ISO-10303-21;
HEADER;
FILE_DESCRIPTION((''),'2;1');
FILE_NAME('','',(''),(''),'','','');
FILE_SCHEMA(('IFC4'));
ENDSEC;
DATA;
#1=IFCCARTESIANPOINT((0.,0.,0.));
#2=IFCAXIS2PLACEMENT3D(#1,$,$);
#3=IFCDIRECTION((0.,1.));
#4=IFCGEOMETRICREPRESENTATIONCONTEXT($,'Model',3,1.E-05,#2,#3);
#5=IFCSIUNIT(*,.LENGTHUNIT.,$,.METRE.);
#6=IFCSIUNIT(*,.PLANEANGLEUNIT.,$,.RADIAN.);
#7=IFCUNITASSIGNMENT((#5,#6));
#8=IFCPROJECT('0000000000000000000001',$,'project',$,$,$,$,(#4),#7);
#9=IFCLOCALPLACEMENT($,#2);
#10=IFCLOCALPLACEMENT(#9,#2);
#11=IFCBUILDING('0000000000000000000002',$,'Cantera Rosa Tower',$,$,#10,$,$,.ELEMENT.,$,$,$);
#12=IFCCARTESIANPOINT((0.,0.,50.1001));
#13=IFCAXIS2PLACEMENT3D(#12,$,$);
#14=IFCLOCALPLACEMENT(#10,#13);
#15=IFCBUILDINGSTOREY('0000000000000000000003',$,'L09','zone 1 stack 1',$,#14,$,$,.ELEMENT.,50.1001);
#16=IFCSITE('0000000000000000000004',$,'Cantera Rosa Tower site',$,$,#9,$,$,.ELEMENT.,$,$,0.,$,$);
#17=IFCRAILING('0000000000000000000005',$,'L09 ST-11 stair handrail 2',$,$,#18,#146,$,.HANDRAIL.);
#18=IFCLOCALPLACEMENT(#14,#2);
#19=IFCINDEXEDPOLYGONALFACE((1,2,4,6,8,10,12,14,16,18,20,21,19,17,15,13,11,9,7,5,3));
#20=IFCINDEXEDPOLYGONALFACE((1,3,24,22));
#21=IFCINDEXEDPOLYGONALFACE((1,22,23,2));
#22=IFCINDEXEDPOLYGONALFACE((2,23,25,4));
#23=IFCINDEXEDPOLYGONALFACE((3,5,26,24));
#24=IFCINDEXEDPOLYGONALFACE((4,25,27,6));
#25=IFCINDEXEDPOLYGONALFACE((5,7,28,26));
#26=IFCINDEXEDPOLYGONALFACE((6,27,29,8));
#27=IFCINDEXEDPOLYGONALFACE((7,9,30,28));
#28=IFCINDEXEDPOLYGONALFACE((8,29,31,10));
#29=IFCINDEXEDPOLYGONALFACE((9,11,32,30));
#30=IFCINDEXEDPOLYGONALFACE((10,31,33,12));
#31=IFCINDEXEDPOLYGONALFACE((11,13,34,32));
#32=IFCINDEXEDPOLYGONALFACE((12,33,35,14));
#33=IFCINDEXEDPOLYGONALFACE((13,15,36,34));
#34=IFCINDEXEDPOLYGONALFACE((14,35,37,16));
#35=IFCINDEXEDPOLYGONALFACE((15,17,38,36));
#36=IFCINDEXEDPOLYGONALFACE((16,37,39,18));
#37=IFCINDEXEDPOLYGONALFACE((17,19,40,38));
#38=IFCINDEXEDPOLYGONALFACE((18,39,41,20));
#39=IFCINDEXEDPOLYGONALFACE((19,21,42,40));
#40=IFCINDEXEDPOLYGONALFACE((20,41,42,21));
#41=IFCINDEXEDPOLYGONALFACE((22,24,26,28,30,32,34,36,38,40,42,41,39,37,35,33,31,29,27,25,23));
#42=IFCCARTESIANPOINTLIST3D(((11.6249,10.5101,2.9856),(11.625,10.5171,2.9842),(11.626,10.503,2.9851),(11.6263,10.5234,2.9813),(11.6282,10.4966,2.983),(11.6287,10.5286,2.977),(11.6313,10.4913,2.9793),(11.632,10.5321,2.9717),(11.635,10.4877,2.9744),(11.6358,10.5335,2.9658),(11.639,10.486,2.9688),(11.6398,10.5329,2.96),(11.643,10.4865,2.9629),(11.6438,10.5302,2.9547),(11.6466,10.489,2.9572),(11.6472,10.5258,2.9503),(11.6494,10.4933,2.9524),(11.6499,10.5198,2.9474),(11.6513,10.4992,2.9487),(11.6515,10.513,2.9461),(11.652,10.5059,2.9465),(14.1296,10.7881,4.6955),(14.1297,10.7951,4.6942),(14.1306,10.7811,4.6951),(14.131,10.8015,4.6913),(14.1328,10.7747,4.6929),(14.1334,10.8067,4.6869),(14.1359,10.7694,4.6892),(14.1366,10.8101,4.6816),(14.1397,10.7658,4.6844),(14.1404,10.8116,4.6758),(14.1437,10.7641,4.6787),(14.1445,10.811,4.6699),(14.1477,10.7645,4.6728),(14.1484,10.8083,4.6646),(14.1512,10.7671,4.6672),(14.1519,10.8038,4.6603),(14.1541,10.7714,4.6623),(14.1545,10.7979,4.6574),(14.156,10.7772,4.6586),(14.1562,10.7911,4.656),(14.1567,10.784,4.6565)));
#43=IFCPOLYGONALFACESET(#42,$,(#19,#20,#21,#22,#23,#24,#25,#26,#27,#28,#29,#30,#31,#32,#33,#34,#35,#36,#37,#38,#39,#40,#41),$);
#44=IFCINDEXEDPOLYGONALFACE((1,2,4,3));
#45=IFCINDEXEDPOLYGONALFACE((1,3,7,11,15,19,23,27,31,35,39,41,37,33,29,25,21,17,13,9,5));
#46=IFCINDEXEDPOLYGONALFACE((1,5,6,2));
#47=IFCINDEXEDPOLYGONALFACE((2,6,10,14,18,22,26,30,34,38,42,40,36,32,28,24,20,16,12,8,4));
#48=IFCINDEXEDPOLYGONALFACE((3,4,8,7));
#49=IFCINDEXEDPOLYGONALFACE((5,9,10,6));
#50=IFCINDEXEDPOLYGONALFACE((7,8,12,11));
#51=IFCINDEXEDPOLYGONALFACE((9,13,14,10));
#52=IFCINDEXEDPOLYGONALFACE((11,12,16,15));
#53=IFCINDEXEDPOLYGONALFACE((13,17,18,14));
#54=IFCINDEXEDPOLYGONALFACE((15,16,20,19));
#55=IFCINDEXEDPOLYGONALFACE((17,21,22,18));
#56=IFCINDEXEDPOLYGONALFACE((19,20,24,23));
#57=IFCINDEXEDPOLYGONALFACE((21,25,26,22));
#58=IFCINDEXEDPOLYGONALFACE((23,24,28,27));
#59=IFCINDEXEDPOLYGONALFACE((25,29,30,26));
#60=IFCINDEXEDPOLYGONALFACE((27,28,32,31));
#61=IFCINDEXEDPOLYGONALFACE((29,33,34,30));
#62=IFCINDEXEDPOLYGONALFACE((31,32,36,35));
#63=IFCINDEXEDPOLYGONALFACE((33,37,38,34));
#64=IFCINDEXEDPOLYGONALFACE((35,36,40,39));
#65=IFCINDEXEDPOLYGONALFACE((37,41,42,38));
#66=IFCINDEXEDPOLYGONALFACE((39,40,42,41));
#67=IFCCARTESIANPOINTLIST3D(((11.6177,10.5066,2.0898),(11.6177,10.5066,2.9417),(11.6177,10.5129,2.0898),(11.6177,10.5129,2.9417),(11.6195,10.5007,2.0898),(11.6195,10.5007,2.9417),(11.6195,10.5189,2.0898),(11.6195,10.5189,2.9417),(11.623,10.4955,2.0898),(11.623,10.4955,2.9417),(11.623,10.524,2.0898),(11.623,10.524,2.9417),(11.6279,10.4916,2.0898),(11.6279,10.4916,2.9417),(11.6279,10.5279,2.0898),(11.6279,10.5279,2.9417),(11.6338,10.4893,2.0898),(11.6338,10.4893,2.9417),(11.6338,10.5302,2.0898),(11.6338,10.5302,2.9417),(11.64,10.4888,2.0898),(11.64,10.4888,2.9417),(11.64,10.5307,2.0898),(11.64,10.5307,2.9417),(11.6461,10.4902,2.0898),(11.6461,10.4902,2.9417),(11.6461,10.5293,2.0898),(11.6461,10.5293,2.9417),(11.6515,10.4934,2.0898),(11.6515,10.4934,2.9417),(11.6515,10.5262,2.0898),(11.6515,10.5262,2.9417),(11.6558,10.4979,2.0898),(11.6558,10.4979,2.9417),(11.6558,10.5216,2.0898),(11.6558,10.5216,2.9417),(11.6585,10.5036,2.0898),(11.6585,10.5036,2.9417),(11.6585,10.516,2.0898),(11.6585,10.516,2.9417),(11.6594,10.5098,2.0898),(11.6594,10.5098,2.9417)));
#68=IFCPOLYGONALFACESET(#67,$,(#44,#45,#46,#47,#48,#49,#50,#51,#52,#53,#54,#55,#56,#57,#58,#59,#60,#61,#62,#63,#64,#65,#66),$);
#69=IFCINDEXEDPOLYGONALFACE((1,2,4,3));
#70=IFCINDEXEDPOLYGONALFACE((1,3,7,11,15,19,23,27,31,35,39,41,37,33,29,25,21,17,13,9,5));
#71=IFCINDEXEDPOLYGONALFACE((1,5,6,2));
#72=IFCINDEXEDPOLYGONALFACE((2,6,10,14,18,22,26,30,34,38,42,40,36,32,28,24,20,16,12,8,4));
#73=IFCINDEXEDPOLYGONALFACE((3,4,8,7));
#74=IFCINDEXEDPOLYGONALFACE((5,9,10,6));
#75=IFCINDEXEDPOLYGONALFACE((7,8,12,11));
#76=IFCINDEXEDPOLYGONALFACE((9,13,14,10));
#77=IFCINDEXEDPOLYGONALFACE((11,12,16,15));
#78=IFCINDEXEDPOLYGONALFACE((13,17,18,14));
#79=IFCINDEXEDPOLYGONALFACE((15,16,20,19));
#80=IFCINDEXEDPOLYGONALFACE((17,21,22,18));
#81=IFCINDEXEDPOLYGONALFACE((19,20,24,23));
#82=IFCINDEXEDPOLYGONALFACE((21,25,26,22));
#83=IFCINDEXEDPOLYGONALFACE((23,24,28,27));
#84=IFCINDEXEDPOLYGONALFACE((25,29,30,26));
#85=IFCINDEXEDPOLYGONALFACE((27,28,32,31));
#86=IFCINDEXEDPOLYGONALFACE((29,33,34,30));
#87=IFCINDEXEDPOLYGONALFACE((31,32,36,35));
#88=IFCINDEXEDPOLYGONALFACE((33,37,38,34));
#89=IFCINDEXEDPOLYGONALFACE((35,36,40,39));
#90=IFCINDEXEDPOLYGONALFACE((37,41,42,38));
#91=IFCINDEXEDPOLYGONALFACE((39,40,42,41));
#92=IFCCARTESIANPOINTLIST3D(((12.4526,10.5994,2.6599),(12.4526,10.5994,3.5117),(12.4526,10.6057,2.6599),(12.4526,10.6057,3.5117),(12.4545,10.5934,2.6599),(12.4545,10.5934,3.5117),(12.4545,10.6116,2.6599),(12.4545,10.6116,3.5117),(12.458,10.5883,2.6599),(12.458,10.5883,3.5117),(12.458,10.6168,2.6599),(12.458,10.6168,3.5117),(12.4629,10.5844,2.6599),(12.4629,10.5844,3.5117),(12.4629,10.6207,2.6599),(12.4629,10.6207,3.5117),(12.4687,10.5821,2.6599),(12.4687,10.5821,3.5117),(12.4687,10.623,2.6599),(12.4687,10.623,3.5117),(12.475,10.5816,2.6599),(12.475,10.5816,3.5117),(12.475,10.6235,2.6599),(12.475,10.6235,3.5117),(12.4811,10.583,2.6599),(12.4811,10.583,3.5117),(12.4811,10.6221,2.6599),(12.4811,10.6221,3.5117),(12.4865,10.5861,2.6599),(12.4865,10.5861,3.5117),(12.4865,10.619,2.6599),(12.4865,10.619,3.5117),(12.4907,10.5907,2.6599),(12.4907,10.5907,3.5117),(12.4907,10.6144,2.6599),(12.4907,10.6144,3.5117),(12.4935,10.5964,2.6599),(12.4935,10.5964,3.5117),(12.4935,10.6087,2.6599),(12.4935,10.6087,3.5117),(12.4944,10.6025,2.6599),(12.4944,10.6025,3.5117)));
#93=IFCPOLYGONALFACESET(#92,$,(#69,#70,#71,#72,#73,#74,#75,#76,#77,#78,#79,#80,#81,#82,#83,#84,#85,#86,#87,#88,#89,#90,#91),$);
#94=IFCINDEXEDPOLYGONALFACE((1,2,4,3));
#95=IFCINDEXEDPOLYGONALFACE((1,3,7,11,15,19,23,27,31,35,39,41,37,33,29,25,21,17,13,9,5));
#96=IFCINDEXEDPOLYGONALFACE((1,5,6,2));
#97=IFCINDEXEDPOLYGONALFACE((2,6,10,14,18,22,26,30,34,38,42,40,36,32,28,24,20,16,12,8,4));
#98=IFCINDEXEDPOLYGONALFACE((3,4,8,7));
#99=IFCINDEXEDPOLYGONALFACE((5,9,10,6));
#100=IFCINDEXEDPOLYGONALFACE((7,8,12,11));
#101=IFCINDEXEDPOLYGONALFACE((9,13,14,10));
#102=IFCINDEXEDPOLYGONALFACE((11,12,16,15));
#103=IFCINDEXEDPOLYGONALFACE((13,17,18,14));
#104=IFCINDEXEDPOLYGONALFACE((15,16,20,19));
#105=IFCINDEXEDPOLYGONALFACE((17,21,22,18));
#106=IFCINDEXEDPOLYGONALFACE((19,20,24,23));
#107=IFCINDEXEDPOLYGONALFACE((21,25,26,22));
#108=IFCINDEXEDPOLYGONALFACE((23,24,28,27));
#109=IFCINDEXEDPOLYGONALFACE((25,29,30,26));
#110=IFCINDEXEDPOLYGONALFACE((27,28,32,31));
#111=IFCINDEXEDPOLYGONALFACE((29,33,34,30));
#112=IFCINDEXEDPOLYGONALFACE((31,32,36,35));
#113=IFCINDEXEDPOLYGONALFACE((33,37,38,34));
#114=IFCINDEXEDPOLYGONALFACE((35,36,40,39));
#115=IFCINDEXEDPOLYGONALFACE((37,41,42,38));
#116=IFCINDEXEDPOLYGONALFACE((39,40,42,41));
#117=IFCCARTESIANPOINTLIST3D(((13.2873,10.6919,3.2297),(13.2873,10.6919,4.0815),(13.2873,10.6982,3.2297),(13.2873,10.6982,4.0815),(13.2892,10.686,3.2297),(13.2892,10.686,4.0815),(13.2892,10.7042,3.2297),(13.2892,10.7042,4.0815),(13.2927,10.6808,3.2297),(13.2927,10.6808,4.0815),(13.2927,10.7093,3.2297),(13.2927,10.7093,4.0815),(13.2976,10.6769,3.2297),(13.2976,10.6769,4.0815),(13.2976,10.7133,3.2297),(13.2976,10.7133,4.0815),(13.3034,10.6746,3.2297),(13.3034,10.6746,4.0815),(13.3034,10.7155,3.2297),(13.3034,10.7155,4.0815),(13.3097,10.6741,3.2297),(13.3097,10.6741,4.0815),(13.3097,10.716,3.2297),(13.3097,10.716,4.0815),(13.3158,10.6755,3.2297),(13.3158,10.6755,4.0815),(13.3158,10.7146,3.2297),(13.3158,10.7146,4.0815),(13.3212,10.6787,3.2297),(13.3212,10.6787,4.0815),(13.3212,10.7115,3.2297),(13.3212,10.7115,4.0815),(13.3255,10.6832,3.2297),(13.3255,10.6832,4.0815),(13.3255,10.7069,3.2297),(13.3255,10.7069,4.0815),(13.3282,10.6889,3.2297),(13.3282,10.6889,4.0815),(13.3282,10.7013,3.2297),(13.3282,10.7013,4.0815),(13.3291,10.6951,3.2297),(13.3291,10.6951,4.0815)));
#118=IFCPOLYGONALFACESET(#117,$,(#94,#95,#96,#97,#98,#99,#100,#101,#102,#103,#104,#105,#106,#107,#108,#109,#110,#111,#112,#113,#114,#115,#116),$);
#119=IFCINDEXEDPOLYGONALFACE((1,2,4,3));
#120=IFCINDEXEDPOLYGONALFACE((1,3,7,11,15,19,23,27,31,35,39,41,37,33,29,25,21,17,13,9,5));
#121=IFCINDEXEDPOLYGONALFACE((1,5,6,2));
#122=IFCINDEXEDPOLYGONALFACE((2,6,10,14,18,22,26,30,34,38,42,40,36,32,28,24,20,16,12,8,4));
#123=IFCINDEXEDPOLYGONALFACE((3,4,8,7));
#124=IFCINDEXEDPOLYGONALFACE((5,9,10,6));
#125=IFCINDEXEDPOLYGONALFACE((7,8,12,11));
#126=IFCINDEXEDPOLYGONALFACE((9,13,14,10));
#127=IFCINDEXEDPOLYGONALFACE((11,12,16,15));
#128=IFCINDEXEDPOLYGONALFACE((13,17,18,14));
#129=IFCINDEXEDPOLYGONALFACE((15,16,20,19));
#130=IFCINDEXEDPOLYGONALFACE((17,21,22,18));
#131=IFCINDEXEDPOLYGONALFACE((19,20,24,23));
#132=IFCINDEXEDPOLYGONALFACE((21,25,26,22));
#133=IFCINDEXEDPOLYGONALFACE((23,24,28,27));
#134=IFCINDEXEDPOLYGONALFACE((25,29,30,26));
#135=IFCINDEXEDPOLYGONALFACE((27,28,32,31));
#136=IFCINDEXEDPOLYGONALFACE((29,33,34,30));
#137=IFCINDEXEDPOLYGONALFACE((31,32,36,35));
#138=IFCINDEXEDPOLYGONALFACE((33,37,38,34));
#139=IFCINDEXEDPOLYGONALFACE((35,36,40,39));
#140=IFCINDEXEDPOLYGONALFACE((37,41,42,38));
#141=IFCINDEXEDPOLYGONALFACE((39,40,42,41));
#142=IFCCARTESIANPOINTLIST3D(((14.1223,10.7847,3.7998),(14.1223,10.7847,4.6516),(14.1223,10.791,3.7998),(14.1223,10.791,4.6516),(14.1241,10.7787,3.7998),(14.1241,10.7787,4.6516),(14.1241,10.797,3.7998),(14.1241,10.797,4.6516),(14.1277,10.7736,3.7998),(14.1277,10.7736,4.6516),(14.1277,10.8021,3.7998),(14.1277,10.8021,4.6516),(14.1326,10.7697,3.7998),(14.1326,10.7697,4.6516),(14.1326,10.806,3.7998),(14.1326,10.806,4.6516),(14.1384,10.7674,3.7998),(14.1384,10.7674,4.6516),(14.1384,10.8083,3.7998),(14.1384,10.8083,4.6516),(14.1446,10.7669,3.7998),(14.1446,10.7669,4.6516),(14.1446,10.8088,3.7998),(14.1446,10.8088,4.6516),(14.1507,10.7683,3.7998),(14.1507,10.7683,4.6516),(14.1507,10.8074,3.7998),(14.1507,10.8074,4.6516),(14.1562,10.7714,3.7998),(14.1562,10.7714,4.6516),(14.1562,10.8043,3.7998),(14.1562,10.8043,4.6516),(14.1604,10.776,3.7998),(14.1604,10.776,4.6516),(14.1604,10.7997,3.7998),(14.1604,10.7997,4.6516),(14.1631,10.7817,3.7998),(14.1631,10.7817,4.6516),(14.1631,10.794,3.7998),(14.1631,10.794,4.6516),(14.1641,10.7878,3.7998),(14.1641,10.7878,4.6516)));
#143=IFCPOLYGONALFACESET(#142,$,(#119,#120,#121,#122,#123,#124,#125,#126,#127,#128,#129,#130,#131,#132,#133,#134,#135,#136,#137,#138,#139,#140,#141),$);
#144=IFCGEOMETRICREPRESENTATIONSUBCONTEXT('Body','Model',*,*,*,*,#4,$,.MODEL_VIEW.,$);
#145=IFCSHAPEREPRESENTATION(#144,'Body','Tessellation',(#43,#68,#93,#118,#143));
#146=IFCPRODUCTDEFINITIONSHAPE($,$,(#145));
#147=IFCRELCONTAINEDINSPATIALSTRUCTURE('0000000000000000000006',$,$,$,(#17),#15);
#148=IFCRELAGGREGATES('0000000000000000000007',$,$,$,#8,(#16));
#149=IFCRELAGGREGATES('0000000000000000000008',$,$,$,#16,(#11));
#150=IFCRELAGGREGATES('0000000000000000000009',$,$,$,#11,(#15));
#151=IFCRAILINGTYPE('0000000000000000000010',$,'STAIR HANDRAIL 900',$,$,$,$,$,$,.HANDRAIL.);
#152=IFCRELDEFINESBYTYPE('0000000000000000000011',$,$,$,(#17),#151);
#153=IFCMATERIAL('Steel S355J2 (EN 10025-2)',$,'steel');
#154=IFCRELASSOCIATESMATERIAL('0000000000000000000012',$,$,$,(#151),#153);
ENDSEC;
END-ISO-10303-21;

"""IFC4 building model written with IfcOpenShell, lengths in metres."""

from ifc_helpers import new_model, si_unit, direction, frame, origin, origin_2d, place, context, subcontext, project, spatial, circle, extrude, material, type_object, element, save


model = new_model("IFC4")

# Units and contexts
model_context = context("Model", 3, precision=1e-05, world=origin(), true_north=direction((0.0, 1.0)))
body_context = subcontext(model_context, "Body", "Model", "MODEL_VIEW")
ifc_project = project(units=[si_unit("LENGTHUNIT", "METRE"), si_unit("PLANEANGLEUNIT", "RADIAN")], contexts=[model_context])

# Site, building, storey
site_placement = place(None, origin())
site = spatial("IfcSite", under=ifc_project, at=site_placement, Name="Cantera Rosa Tower site", CompositionType="ELEMENT", RefElevation=0.0)
building_placement = place(site_placement, origin())
building = spatial("IfcBuilding", under=site, at=building_placement, Name="Cantera Rosa Tower", CompositionType="ELEMENT")
storey_placement = place(building_placement, frame((0.0, 0.0, 50.1001)))
storey = spatial("IfcBuildingStorey", under=building, at=storey_placement, Name="L09", Description="zone 1 stack 1", CompositionType="ELEMENT", Elevation=50.1001)

# Railing
ifc_material_1 = material(Name="Steel S355J2 (EN 10025-2)", Category="steel")
railing_type_1 = type_object("IfcRailingType", Name="STAIR HANDRAIL 900", PredefinedType="HANDRAIL", material=ifc_material_1)
railing_1_placement = place(storey_placement, frame((11.6384, 10.5098, 2.0898)))
element("IfcRailing", 1, at=railing_1_placement, inside=storey, type_object=railing_type_1, Name="L09 ST-11 stair handrail 2", PredefinedType="HANDRAIL", context=body_context, shape_type="SweptSolid", body=[
    extrude(circle(Radius=0.0239, at=origin_2d()), frame((0.0, 0.0, 0.876), z_axis=(0.822431, 0.09131, 0.561488), x_axis=(-0.110346, 0.993893, 0.0)), (0.0, 0.0, 1.0), 3.0454),
    extrude(circle(Radius=0.021, at=origin_2d()), origin(), (0.0, 0.0, 1.0), 0.8518),
    extrude(circle(Radius=0.021, at=origin_2d()), frame((0.835, 0.0928, 0.5701)), (0.0, 0.0, 1.0), 0.8518),
    extrude(circle(Radius=0.021, at=origin_2d()), frame((1.6697, 0.1853, 1.1399)), (0.0, 0.0, 1.0), 0.8518),
    extrude(circle(Radius=0.021, at=origin_2d()), frame((2.5046, 0.2781, 1.71)), (0.0, 0.0, 1.0), 0.8518),
])

save(model, "model.ifc")
